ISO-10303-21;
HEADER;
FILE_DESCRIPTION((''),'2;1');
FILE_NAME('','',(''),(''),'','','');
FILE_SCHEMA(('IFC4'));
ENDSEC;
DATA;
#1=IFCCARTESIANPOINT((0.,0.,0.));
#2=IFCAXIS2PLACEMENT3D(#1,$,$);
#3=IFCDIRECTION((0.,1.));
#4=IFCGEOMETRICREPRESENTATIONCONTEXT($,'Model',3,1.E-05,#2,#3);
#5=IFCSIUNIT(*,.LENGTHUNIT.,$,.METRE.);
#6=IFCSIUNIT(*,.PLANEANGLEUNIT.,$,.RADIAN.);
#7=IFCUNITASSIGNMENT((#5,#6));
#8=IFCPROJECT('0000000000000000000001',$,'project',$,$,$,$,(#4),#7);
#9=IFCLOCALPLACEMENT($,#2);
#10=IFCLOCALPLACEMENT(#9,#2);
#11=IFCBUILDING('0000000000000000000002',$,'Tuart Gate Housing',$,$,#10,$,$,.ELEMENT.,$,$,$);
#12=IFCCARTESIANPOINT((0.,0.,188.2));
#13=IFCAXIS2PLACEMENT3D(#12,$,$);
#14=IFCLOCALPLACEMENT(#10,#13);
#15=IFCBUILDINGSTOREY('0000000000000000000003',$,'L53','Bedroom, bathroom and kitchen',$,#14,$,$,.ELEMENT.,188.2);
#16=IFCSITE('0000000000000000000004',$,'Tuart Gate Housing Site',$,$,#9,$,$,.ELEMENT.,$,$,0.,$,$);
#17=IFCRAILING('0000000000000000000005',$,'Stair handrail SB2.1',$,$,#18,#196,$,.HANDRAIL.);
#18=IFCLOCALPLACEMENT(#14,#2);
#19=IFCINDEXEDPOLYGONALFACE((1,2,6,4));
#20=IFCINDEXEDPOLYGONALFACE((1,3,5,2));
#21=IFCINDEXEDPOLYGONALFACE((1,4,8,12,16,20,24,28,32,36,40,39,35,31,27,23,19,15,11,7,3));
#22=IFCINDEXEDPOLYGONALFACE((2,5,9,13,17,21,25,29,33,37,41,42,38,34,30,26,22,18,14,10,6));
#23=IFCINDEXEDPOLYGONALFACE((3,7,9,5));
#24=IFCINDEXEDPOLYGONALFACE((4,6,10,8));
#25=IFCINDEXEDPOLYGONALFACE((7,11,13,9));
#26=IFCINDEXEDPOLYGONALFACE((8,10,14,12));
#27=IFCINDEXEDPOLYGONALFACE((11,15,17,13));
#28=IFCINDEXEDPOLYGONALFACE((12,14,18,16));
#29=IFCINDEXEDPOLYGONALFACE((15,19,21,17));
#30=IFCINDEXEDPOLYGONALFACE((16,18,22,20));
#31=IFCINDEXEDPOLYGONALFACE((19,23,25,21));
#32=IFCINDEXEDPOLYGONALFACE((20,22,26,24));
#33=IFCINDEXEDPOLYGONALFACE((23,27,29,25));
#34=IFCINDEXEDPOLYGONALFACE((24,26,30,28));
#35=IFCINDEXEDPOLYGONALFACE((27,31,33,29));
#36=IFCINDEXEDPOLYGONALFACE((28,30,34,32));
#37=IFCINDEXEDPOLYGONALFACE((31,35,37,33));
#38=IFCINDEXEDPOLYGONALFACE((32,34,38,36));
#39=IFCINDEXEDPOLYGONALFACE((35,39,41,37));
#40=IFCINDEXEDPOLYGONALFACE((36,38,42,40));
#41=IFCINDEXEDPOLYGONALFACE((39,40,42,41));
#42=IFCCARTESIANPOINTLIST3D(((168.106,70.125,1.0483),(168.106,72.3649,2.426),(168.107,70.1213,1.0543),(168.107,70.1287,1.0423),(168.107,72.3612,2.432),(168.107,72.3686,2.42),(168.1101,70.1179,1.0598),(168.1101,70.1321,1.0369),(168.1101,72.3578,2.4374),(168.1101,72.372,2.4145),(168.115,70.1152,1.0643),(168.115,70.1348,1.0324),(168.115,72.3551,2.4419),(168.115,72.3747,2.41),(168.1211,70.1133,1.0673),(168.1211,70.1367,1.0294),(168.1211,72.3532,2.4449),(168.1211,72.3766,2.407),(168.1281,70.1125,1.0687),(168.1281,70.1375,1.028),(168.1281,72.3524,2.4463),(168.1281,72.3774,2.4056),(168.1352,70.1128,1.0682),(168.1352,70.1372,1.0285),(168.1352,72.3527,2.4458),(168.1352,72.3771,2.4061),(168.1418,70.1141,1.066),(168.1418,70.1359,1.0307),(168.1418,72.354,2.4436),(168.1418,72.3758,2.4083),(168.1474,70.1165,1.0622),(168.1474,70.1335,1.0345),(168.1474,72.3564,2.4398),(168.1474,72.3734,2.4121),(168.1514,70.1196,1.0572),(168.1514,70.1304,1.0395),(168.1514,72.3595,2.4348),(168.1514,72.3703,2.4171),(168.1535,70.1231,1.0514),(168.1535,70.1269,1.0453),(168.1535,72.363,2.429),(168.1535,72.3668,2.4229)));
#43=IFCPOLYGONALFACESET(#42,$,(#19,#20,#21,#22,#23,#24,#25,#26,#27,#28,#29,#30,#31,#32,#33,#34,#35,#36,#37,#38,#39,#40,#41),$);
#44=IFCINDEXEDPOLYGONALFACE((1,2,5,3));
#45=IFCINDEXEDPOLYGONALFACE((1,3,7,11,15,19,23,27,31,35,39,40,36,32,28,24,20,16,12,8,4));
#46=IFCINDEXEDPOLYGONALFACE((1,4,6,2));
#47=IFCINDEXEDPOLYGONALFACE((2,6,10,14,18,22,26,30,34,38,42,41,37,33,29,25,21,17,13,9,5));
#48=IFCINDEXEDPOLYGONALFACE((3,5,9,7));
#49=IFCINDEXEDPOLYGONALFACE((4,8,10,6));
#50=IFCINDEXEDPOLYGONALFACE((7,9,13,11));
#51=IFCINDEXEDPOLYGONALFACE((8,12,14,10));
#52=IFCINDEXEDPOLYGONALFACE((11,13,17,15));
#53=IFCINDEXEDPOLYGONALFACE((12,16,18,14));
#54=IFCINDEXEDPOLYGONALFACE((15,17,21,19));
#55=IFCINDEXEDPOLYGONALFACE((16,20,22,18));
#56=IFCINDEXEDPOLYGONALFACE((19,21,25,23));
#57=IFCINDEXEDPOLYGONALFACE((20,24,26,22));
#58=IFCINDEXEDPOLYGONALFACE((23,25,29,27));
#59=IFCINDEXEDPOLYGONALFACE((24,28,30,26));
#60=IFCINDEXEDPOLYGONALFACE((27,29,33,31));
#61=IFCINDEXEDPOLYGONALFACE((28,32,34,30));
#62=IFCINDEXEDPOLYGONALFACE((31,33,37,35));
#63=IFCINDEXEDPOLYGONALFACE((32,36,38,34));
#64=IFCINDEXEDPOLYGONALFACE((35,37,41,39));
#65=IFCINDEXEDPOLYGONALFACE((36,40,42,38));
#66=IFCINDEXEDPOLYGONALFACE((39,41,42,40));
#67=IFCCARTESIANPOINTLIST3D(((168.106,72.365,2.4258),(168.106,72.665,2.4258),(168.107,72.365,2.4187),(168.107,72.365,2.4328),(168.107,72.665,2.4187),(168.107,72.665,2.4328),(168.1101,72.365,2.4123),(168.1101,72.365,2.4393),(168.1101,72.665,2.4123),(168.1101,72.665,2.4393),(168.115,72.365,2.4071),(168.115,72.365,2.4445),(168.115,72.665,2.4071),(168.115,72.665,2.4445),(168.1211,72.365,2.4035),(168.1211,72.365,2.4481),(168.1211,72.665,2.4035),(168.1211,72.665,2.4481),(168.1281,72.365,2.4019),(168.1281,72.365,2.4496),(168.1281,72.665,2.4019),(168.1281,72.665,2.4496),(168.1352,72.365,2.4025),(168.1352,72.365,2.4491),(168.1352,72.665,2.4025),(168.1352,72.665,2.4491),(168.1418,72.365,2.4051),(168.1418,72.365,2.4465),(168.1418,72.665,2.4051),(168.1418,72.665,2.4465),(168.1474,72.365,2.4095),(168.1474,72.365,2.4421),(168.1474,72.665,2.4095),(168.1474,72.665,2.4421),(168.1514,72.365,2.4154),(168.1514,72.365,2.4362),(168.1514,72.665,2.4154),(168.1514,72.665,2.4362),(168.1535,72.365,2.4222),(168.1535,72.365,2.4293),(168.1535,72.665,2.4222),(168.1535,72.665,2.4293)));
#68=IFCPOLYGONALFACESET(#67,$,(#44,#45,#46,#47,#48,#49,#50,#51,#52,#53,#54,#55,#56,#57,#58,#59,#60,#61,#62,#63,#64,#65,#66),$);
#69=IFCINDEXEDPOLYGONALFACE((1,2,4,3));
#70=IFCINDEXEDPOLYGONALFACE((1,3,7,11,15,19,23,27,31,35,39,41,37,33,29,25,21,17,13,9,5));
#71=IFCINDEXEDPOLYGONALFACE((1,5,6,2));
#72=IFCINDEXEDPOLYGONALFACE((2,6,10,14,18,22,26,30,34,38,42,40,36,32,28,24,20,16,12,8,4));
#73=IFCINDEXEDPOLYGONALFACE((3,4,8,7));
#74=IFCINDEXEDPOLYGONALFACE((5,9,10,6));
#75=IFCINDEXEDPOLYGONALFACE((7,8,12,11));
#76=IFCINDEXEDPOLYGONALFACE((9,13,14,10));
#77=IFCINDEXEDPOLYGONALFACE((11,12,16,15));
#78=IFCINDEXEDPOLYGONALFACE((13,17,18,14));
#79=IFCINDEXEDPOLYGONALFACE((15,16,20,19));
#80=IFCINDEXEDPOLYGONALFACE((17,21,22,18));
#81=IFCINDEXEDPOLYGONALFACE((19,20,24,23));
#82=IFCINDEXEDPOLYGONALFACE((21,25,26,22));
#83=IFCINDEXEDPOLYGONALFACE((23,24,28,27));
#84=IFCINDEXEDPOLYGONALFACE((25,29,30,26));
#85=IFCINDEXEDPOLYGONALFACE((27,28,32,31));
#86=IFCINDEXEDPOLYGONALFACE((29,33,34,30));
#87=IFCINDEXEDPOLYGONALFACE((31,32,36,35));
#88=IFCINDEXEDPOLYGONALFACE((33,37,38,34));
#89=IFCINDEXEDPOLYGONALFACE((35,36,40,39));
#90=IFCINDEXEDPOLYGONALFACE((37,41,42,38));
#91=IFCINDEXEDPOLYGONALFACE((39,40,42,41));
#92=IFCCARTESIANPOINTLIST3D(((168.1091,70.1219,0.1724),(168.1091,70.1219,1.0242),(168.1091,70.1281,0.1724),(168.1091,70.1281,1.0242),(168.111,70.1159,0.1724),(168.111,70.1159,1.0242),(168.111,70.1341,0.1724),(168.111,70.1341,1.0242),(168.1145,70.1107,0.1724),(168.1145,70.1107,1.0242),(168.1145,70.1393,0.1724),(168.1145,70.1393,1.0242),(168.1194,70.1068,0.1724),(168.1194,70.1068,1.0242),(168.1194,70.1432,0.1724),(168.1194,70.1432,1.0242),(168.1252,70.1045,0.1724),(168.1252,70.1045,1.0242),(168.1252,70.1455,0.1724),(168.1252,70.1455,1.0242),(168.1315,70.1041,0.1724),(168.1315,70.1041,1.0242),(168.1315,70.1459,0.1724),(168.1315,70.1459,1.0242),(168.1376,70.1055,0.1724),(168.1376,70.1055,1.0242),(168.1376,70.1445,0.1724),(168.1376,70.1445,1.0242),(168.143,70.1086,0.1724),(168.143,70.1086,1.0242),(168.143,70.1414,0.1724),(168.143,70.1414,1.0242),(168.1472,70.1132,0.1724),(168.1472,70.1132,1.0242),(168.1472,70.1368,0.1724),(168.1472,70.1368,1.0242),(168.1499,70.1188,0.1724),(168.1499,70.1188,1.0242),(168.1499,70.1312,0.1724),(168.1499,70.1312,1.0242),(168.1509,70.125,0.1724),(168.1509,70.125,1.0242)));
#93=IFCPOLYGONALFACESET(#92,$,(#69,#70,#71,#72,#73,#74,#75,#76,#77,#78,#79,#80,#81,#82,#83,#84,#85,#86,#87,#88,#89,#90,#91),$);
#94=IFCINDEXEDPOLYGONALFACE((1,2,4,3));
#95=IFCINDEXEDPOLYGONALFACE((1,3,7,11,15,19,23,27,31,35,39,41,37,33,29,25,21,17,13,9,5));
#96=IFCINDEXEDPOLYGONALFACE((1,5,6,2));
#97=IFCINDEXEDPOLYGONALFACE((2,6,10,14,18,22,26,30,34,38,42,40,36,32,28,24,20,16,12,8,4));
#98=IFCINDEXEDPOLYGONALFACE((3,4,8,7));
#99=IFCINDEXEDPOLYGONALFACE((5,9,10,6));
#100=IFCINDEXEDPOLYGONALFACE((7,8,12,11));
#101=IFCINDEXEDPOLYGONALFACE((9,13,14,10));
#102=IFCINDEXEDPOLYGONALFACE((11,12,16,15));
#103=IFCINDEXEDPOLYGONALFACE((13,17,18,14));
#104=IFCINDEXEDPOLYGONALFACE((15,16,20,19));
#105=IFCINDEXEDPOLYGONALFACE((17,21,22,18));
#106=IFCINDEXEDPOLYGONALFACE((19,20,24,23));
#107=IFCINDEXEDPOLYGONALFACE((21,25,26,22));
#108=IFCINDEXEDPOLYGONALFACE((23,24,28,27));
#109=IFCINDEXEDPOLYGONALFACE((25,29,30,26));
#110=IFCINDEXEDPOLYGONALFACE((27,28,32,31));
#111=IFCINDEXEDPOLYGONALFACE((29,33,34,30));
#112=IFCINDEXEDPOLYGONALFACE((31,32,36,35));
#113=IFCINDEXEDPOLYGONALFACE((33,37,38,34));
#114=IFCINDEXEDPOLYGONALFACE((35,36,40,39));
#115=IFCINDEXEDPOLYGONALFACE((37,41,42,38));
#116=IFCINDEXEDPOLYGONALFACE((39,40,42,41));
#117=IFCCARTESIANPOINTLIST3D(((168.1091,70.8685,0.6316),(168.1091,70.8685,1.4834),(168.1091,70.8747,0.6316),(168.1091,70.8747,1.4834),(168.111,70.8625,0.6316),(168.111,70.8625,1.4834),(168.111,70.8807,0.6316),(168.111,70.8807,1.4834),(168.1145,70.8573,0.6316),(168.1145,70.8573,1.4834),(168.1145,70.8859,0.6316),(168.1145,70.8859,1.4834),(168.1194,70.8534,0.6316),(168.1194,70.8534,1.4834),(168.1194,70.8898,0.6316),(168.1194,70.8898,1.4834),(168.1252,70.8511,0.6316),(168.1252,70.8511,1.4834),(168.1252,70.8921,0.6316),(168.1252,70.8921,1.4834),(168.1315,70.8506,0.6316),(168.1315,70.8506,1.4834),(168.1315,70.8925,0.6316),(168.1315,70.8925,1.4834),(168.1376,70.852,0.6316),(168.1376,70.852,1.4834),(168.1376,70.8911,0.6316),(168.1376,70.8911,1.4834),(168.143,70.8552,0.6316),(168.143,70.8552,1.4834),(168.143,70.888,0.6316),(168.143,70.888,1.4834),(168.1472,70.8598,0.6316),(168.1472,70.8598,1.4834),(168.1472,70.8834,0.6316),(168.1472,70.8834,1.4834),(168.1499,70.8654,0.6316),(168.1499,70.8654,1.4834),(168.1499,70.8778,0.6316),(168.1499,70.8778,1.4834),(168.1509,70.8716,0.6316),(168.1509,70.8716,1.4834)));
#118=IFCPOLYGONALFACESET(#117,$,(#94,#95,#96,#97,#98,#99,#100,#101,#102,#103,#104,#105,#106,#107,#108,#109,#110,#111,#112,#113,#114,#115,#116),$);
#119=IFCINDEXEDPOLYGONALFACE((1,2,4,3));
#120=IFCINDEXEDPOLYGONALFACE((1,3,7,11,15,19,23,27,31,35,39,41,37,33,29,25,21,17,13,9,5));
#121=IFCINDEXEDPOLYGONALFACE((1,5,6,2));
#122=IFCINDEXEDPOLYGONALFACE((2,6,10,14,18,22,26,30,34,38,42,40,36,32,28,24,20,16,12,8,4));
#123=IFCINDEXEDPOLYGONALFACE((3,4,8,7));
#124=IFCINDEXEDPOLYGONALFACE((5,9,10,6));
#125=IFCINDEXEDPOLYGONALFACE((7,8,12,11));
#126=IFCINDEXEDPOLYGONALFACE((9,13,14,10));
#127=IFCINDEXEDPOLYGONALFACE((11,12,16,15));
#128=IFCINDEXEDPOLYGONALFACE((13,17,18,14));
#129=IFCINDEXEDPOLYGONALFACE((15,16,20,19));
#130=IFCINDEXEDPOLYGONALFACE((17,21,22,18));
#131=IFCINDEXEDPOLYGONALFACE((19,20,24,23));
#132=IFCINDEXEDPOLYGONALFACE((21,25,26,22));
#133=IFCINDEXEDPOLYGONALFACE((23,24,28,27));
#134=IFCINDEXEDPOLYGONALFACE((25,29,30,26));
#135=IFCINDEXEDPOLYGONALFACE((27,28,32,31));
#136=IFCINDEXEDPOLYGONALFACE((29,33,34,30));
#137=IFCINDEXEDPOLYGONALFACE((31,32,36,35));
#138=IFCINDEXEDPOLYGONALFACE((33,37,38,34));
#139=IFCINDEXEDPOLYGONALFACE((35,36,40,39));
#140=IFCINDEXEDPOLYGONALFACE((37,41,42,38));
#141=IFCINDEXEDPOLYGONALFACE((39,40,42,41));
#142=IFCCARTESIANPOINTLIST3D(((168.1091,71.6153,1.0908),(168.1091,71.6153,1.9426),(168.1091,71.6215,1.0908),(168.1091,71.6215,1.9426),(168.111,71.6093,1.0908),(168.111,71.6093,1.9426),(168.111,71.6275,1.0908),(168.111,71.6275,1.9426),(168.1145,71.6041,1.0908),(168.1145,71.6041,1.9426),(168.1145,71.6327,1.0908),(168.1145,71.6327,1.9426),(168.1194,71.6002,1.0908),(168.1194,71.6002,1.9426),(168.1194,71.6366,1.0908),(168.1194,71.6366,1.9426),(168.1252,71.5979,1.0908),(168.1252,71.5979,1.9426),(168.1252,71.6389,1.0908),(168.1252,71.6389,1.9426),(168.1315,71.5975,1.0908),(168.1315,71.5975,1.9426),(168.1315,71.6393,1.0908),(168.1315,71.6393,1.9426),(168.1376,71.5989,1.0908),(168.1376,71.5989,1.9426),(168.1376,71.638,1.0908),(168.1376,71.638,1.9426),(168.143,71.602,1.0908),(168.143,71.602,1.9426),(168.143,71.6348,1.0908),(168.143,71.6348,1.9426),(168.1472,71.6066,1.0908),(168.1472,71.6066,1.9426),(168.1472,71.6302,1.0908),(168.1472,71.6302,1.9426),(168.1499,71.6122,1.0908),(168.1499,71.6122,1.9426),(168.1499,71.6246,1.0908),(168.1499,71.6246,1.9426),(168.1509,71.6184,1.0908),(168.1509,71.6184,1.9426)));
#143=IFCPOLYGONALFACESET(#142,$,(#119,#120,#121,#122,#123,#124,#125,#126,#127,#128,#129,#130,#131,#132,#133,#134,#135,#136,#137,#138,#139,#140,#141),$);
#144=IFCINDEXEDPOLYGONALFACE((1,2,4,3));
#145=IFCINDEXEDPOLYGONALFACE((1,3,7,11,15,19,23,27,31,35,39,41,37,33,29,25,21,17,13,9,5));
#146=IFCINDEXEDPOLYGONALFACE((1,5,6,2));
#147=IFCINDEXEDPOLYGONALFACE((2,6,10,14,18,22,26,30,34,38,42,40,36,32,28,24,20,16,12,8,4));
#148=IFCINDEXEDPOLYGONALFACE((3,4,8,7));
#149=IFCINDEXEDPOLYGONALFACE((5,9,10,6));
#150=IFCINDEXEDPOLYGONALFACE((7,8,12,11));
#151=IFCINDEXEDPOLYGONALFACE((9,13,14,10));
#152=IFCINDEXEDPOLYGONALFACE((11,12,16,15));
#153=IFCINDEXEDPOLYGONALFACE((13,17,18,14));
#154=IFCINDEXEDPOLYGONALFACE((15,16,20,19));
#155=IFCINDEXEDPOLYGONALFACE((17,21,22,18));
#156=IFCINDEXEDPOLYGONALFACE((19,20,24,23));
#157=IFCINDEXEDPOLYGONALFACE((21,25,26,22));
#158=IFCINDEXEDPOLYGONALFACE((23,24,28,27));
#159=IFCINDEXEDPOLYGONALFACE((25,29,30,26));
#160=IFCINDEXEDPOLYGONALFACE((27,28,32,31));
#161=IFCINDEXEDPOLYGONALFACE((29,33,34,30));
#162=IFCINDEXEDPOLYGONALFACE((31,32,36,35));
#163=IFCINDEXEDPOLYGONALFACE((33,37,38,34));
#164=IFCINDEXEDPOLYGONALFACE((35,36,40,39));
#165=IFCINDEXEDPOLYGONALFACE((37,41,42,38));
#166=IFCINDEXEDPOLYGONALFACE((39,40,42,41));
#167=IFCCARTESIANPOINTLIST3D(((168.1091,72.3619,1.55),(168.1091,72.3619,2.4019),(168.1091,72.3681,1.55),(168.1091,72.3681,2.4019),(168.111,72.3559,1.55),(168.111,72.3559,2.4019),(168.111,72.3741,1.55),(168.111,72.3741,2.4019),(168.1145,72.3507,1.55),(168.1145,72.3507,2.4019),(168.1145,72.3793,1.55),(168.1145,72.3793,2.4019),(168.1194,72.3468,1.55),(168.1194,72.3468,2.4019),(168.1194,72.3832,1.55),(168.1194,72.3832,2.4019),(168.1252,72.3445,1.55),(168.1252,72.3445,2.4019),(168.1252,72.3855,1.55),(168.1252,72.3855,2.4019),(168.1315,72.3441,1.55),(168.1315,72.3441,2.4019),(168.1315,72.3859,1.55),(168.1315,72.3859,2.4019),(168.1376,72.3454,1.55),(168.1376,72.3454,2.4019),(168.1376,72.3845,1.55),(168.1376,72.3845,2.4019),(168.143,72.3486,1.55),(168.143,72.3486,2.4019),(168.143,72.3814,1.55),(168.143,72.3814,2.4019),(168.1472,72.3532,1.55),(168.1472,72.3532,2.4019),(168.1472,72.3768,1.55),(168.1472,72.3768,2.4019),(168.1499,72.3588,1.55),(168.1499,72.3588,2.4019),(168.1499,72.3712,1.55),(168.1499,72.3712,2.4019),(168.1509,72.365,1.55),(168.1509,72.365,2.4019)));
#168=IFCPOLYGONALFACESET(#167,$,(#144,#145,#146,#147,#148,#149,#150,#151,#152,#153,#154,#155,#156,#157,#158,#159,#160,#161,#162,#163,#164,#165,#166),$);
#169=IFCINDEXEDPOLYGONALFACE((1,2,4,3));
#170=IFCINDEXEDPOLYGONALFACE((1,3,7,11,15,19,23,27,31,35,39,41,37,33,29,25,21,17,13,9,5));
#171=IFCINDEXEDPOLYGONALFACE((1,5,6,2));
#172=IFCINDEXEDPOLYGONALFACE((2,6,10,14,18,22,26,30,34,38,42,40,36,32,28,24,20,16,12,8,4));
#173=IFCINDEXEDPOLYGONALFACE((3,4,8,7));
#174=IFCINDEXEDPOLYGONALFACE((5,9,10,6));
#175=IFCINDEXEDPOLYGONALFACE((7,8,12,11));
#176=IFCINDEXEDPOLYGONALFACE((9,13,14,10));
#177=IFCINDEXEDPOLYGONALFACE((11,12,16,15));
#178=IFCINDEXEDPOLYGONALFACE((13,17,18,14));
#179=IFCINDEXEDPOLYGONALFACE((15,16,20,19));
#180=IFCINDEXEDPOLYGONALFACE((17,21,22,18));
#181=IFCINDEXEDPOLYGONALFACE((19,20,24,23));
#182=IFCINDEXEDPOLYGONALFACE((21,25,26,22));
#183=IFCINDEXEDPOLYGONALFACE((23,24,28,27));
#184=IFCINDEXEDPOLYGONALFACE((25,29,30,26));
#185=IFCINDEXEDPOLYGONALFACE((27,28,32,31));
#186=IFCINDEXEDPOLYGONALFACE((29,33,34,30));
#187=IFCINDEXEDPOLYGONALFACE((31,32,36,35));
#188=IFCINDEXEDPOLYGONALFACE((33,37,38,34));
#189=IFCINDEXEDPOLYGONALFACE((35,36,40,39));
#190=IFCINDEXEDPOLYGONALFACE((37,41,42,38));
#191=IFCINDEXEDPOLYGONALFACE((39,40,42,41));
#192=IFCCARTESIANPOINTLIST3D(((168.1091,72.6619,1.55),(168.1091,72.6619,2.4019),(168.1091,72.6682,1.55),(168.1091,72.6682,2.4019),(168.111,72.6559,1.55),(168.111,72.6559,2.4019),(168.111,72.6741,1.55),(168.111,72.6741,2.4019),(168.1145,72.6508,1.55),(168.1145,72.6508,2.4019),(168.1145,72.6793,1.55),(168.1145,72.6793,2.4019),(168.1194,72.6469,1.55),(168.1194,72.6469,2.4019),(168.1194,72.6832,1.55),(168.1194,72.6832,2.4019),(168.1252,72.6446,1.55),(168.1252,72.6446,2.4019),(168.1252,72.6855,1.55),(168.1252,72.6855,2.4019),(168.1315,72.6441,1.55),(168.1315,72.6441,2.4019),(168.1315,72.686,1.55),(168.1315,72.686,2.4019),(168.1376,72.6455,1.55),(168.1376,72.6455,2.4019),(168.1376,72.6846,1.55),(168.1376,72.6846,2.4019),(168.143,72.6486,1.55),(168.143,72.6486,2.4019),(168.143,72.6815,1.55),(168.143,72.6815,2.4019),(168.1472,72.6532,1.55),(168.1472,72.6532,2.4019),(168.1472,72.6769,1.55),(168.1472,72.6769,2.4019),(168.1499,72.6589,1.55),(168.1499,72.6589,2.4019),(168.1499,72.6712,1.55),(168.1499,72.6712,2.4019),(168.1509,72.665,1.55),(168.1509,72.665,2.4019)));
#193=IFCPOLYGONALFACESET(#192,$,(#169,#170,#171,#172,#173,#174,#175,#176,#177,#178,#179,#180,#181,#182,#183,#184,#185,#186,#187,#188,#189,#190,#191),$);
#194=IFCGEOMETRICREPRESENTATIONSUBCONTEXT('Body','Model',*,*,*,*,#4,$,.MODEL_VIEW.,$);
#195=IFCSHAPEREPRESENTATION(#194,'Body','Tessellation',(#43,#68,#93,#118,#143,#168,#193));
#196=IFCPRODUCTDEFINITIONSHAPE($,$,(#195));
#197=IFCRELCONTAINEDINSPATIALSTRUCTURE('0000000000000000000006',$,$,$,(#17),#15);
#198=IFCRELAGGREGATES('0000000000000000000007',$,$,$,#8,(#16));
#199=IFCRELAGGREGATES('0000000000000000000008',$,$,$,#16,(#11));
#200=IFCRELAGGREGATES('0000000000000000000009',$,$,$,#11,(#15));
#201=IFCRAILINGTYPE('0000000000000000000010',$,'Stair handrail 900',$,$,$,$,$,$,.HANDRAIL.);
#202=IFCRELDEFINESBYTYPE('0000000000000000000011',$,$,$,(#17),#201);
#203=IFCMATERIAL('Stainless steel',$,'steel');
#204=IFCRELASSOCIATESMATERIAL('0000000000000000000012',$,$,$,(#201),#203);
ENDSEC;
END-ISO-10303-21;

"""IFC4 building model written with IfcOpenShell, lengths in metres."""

from ifc_helpers import new_model, si_unit, direction, frame, origin, origin_2d, place, context, subcontext, project, spatial, circle, extrude, material, type_object, element, save


model = new_model("IFC4")

# Units and contexts
model_context = context("Model", 3, precision=1e-05, world=origin(), true_north=direction((0.0, 1.0)))
body_context = subcontext(model_context, "Body", "Model", "MODEL_VIEW")
ifc_project = project(units=[si_unit("LENGTHUNIT", "METRE"), si_unit("PLANEANGLEUNIT", "RADIAN")], contexts=[model_context])

# Site, building, storey
site_placement = place(None, origin())
site = spatial("IfcSite", under=ifc_project, at=site_placement, Name="Tuart Gate Housing Site", CompositionType="ELEMENT", RefElevation=0.0)
building_placement = place(site_placement, origin())
building = spatial("IfcBuilding", under=site, at=building_placement, Name="Tuart Gate Housing", CompositionType="ELEMENT")
storey_placement = place(building_placement, frame((0.0, 0.0, 188.2)))
storey = spatial("IfcBuildingStorey", under=building, at=storey_placement, Name="L53", Description="Bedroom, bathroom and kitchen", CompositionType="ELEMENT", Elevation=188.2)

# Railing
ifc_material_1 = material(Name="Stainless steel", Category="steel")
railing_type = type_object("IfcRailingType", Name="Stair handrail 900", PredefinedType="HANDRAIL", material=ifc_material_1)
railing_placement = place(storey_placement, frame((168.1299, 70.125, 0.1724)))
element("IfcRailing", 1, at=railing_placement, inside=storey, type_object=railing_type, Name="Stair handrail SB2.1", PredefinedType="HANDRAIL", context=body_context, shape_type="SweptSolid", body=[
    extrude(circle(Radius=0.0239, at=origin_2d()), frame((0.0, 0.0, 0.876), z_axis=(0.0, 0.851789, 0.523885), x_axis=(-1.0, 0.0, 0.0)), (0.0, 0.0, 1.0), 2.6296),
    extrude(circle(Radius=0.0239, at=origin_2d()), frame((0.0, 2.24, 2.2534), z_axis=(0.0, 1.0, 0.0), x_axis=(-1.0, 0.0, 0.0)), (0.0, 0.0, 1.0), 0.3),
    extrude(circle(Radius=0.021, at=origin_2d()), origin(), (0.0, 0.0, 1.0), 0.8518),
    extrude(circle(Radius=0.021, at=origin_2d()), frame((0.0, 0.7466, 0.4592)), (0.0, 0.0, 1.0), 0.8518),
    extrude(circle(Radius=0.021, at=origin_2d()), frame((0.0, 1.4934, 0.9185)), (0.0, 0.0, 1.0), 0.8518),
    extrude(circle(Radius=0.021, at=origin_2d()), frame((0.0, 2.24, 1.3777)), (0.0, 0.0, 1.0), 0.8518),
    extrude(circle(Radius=0.021, at=origin_2d()), frame((0.0, 2.54, 1.3777)), (0.0, 0.0, 1.0), 0.8518),
])

save(model, "model.ifc")
